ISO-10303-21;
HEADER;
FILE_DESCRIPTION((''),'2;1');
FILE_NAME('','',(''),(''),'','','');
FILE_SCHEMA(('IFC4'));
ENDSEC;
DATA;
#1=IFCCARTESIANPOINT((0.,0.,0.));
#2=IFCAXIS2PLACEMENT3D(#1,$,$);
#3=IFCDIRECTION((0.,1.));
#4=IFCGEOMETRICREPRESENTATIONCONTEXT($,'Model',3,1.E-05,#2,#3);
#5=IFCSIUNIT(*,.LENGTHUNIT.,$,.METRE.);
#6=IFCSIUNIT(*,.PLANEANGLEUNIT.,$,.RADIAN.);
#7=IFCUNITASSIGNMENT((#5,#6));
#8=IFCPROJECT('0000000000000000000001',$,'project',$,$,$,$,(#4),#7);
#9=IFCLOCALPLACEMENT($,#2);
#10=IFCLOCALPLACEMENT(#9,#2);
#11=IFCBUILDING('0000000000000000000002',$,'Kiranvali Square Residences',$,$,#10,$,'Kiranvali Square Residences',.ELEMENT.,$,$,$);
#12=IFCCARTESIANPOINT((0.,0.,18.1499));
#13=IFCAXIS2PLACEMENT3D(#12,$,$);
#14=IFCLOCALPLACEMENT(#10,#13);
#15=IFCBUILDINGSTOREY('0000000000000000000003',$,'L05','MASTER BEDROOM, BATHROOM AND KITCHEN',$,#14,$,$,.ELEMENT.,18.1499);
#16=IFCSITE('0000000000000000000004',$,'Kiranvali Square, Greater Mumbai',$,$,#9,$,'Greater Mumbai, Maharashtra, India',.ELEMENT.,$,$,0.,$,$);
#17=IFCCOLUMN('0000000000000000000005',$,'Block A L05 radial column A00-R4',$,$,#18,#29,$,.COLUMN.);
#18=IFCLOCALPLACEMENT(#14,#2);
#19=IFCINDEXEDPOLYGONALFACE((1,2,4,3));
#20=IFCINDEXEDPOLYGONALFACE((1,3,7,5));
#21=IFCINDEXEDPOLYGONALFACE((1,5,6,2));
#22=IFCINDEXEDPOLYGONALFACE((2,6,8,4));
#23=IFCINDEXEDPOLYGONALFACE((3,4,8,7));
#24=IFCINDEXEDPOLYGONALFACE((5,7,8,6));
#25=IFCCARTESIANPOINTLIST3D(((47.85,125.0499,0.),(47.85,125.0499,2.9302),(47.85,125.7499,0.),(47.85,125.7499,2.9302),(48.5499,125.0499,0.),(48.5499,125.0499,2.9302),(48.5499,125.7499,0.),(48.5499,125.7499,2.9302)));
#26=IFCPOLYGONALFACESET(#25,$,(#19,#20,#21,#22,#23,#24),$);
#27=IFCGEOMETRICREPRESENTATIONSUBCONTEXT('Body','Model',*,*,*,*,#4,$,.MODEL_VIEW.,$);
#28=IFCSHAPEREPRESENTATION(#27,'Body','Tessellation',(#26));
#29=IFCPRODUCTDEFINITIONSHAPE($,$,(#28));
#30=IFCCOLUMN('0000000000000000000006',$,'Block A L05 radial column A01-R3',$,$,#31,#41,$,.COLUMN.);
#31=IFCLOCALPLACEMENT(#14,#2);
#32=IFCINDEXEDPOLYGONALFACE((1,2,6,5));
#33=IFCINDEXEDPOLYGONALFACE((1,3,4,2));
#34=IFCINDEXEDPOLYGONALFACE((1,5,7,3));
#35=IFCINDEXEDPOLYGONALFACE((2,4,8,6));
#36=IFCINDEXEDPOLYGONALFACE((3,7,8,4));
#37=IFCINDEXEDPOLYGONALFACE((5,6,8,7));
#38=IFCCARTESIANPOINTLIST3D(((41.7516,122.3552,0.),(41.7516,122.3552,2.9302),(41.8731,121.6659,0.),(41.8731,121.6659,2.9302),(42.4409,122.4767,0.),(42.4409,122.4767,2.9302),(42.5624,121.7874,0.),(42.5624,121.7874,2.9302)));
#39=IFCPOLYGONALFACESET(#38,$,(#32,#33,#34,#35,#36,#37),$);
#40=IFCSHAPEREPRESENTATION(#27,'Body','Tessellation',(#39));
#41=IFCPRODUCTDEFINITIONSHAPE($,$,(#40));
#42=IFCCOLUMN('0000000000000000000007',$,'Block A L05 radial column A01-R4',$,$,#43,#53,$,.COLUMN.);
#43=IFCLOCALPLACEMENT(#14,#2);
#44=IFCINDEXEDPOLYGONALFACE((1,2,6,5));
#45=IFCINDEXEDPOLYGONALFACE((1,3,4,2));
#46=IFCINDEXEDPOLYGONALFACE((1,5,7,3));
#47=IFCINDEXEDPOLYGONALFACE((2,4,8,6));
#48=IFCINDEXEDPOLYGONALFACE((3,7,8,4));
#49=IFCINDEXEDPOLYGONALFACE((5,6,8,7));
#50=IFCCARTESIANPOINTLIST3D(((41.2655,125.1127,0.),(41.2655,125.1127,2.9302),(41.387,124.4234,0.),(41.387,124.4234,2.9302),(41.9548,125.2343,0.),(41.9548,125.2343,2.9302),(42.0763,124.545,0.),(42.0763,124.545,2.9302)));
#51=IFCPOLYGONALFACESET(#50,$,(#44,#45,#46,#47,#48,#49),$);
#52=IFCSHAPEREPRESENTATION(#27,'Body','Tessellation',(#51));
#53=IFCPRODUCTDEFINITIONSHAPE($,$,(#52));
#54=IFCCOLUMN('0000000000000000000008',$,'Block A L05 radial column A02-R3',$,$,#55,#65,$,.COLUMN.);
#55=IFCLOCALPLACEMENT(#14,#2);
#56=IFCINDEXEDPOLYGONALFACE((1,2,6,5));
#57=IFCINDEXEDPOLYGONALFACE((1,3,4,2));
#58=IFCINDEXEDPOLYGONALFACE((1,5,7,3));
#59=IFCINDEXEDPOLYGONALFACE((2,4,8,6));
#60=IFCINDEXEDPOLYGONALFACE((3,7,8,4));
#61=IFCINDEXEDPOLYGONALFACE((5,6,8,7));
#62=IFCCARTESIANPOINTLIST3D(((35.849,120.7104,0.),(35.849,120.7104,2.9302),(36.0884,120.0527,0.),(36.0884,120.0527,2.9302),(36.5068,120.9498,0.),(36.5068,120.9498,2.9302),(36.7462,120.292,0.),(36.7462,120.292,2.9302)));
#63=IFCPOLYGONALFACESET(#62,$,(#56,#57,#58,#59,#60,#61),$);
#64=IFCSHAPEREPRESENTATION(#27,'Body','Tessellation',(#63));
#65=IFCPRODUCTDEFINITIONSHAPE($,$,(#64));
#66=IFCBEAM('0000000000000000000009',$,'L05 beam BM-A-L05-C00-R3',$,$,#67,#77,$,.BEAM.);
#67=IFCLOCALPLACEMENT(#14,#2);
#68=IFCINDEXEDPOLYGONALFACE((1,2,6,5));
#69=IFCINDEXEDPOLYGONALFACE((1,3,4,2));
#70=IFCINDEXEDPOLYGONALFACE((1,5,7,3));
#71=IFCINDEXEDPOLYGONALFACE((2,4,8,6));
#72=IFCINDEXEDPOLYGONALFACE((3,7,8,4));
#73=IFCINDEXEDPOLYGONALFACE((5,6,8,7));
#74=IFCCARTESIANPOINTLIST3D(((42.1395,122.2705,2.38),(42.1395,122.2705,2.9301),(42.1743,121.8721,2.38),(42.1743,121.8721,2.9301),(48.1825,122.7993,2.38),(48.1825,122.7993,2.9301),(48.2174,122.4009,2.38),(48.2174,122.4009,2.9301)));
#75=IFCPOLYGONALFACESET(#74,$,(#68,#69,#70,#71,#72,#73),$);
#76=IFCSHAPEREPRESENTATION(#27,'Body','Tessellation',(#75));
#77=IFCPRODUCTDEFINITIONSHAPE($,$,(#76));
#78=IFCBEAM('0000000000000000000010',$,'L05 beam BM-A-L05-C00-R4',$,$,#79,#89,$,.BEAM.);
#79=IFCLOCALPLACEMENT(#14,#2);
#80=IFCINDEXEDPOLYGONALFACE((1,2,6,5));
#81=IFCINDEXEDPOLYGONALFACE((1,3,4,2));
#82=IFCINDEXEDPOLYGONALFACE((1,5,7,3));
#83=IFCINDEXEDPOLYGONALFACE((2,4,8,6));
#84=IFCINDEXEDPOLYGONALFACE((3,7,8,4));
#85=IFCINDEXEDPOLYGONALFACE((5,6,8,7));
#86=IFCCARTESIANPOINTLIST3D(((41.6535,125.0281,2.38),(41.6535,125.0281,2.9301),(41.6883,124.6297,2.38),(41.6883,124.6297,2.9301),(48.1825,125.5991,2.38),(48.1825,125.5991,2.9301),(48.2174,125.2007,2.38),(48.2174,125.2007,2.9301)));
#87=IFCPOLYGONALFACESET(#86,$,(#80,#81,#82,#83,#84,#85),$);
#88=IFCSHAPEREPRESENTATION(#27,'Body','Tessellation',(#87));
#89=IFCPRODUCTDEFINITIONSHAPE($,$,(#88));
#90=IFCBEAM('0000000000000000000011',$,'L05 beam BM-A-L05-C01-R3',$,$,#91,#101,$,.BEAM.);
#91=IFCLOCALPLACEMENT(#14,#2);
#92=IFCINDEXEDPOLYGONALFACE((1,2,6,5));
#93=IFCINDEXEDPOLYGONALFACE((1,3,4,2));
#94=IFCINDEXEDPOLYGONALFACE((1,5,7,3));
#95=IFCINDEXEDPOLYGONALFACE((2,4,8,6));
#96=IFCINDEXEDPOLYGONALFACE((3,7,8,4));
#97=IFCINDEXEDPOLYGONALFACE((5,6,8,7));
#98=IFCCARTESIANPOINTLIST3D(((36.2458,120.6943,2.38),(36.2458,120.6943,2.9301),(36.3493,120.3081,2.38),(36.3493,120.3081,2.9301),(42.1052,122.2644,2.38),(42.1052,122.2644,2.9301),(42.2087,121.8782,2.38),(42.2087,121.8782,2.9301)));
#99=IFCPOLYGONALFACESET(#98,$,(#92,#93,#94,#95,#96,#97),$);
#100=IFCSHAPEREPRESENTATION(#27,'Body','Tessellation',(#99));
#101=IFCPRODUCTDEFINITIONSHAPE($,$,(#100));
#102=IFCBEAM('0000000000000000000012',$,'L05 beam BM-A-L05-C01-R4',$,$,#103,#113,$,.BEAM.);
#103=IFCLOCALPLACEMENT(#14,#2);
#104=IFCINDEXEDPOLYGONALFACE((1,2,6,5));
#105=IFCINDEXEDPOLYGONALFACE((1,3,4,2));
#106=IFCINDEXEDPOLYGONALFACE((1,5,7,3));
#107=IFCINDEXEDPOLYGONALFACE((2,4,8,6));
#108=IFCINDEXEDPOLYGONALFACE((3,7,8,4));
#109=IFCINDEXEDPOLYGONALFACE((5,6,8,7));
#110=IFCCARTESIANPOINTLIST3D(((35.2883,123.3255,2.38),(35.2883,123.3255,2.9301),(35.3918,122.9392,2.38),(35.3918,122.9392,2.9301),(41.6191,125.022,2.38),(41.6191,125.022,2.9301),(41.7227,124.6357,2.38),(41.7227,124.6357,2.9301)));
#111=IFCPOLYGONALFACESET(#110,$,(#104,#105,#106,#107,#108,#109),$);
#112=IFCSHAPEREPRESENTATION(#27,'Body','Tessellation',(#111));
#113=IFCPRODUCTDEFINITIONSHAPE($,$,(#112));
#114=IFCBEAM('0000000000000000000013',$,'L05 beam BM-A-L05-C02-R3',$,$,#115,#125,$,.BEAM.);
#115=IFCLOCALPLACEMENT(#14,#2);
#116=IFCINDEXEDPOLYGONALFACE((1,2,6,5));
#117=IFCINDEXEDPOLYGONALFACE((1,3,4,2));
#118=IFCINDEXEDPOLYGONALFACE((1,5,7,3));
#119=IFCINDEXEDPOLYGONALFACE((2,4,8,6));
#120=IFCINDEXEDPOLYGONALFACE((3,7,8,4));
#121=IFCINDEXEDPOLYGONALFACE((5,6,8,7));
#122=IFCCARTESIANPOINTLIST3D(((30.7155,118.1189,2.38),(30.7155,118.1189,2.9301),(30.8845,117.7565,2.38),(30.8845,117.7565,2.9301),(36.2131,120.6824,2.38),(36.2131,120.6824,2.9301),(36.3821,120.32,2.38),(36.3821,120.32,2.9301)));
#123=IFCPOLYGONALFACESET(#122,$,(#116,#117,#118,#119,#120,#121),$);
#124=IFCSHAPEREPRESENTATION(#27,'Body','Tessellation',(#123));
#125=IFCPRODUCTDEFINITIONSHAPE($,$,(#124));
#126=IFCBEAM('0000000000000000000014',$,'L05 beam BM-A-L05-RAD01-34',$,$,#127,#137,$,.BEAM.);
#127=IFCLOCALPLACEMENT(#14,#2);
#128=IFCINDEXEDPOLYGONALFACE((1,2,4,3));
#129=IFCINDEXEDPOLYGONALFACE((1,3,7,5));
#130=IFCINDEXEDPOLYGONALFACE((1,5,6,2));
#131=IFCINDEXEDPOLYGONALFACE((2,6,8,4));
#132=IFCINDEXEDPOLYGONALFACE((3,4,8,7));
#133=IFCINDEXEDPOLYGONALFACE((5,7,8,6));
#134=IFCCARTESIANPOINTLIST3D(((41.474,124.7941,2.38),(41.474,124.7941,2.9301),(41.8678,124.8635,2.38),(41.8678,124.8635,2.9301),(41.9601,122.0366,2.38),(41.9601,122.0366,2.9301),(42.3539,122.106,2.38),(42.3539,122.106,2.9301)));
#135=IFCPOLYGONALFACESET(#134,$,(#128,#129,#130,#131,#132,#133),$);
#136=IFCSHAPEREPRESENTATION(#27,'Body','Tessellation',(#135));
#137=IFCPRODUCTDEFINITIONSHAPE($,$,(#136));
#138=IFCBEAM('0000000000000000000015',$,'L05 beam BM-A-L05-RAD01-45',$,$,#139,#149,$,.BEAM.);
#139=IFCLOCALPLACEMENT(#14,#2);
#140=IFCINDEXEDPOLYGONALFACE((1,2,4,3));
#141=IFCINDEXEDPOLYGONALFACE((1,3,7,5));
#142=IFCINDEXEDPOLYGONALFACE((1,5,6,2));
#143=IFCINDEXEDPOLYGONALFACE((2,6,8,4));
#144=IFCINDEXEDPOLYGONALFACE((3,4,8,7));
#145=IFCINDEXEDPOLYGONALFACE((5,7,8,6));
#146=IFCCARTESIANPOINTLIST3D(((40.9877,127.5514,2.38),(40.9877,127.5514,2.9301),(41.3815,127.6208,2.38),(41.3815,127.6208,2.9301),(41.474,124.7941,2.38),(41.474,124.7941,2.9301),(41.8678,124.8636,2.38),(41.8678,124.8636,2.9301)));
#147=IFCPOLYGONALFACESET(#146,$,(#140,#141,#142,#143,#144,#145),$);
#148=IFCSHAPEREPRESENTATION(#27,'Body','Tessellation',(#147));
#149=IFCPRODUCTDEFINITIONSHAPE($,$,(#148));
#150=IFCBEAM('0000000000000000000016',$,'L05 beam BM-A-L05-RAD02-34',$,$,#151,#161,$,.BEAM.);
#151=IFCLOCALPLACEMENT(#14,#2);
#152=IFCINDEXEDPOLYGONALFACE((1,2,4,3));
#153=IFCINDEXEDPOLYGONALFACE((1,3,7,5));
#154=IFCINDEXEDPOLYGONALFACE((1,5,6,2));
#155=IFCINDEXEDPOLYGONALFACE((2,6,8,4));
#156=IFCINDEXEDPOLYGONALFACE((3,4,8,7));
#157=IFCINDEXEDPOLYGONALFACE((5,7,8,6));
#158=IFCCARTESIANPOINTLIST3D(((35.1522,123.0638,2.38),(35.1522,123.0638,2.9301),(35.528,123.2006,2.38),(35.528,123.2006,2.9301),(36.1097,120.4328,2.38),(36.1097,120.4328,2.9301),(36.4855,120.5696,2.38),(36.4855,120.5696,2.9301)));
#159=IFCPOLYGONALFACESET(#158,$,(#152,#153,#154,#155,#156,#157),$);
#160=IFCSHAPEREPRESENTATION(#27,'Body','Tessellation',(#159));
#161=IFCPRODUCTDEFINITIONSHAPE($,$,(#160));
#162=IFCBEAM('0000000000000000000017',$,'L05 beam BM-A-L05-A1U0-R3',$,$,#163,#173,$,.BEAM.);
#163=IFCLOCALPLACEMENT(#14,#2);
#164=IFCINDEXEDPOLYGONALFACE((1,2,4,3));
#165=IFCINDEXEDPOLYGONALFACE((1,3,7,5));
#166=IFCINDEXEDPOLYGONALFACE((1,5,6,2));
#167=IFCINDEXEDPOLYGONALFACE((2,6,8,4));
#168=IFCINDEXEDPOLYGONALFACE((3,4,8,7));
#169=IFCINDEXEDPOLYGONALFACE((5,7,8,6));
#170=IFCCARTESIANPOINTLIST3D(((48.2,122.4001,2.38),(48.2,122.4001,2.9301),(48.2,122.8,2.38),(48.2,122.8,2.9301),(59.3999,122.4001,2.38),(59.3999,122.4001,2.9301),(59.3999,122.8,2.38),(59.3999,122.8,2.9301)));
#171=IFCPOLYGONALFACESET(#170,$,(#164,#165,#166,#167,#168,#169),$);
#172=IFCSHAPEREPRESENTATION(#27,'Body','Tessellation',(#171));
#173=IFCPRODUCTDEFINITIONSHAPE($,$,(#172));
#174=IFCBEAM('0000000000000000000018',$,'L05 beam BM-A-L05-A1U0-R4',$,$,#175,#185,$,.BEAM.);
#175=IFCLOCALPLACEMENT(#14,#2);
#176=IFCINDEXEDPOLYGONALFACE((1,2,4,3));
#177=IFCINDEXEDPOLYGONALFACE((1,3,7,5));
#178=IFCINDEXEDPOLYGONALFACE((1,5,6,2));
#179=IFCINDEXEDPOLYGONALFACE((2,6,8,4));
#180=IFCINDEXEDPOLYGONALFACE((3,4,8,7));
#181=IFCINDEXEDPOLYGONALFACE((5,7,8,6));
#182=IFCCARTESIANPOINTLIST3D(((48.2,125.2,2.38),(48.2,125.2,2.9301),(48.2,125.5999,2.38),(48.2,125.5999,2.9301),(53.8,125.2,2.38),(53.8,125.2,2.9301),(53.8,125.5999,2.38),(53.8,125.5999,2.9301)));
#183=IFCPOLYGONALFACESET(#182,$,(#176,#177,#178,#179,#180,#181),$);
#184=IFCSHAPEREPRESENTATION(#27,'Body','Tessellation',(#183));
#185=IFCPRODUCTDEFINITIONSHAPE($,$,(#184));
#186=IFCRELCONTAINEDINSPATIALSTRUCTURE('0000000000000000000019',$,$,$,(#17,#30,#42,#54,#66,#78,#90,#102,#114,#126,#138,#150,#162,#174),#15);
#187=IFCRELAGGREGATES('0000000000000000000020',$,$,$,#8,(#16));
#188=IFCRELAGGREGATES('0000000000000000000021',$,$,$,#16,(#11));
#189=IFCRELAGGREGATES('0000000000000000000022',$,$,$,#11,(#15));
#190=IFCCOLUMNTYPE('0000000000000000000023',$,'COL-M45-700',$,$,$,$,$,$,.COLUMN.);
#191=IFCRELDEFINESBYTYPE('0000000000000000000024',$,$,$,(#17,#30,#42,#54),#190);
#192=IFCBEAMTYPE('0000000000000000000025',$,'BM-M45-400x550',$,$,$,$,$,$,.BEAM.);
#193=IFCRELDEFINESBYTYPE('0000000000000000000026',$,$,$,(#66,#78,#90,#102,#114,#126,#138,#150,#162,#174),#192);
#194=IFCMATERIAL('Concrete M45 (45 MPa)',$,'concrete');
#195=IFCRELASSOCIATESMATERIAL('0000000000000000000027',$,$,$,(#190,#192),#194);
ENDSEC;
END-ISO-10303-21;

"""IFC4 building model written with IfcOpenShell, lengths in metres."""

from ifc_helpers import new_model, si_unit, direction, frame, origin, origin_2d, place, context, subcontext, project, spatial, rectangle, extrude, material, material_profile, profile_set, type_object, element, save


model = new_model("IFC4")

# Units and contexts
model_context = context("Model", 3, precision=1e-05, world=origin(), true_north=direction((0.0, 1.0)))
body_context = subcontext(model_context, "Body", "Model", "MODEL_VIEW")
ifc_project = project(units=[si_unit("LENGTHUNIT", "METRE"), si_unit("PLANEANGLEUNIT", "RADIAN")], contexts=[model_context])

# Site, building, storey
site_placement = place(None, origin())
site = spatial("IfcSite", under=ifc_project, at=site_placement, Name="Kiranvali Square, Greater Mumbai", LongName="Greater Mumbai, Maharashtra, India", CompositionType="ELEMENT", RefElevation=0.0)
building_placement = place(site_placement, origin())
building = spatial("IfcBuilding", under=site, at=building_placement, Name="Kiranvali Square Residences", LongName="Kiranvali Square Residences", CompositionType="ELEMENT")
storey_placement = place(building_placement, frame((0.0, 0.0, 18.1499)))
storey = spatial("IfcBuildingStorey", under=building, at=storey_placement, Name="L05", Description="MASTER BEDROOM, BATHROOM AND KITCHEN", CompositionType="ELEMENT", Elevation=18.1499)

# Columns
ifc_material_1 = material(Name="Concrete M45 (45 MPa)", Category="concrete")
ifc_material_profile_1 = material_profile(ifc_material_1, rectangle(XDim=0.7, YDim=0.7, at=origin_2d()), Name="RC 700x700")
ifc_profile_set_1 = profile_set([ifc_material_profile_1], Name="Concrete M45 (45 MPa)")
column_type = type_object("IfcColumnType", Name="COL-M45-700", PredefinedType="COLUMN", material=ifc_profile_set_1)
for number, where, z_axis, x_axis, name in (
    (1, (48.2, 125.3999, 0.0), (0.0, 0.0, 1.0), (1.0, 0.0, 0.0), "Block A L05 radial column A00-R4"),
    (2, (42.157, 122.0713, 0.0), (0.0, 0.0, 1.0), (0.984808, 0.173648, 0.0), "Block A L05 radial column A01-R3"),
    (3, (41.6709, 124.8289, 0.0), (0.0, 0.0, 1.0), (0.984808, 0.173648, 0.0), "Block A L05 radial column A01-R4"),
    (4, (36.2976, 120.5012, 0.0), (0.0, 0.0, 1.0), (0.939693, 0.34202, 0.0), "Block A L05 radial column A02-R3"),
):
    element("IfcColumn", number, at=place(storey_placement, frame(where, z_axis=z_axis, x_axis=x_axis)), inside=storey, type_object=column_type, Name=name, PredefinedType="COLUMN", context=body_context, shape_type="SweptSolid", body=[
        extrude(rectangle(XDim=0.7, YDim=0.7, at=origin_2d()), origin(), (0.0, 0.0, 1.0), 2.9302),
    ])

# Beams
ifc_material_profile_2 = material_profile(ifc_material_1, rectangle(XDim=0.3999, YDim=0.55, at=origin_2d()), Name="RC 400x550")
ifc_profile_set_2 = profile_set([ifc_material_profile_2], Name="Concrete M45 (45 MPa)")
beam_type = type_object("IfcBeamType", Name="BM-M45-400x550", PredefinedType="BEAM", material=ifc_profile_set_2)
beam_1_placement = place(storey_placement, frame((48.2, 122.6001, 2.655), z_axis=(-0.996193, -0.087175, 0.0), x_axis=(0.087175, -0.996193, 0.0)))
element("IfcBeam", 5, at=beam_1_placement, inside=storey, type_object=beam_type, Name="L05 beam BM-A-L05-C00-R3", PredefinedType="BEAM", context=body_context, shape_type="SweptSolid", body=[
    extrude(rectangle(XDim=0.3999, YDim=0.55, at=origin_2d()), origin(), (0.0, 0.0, 1.0), 6.0662),
])
beam_2_placement = place(storey_placement, frame((48.2, 125.3999, 2.655), z_axis=(-0.996197, -0.08713, 0.0), x_axis=(0.08713, -0.996197, 0.0)))
element("IfcBeam", 6, at=beam_2_placement, inside=storey, type_object=beam_type, Name="L05 beam BM-A-L05-C00-R4", PredefinedType="BEAM", context=body_context, shape_type="SweptSolid", body=[
    extrude(rectangle(XDim=0.3999, YDim=0.55, at=origin_2d()), origin(), (0.0, 0.0, 1.0), 6.554),
])
beam_3_placement = place(storey_placement, frame((42.157, 122.0713, 2.655), z_axis=(-0.965924, -0.258827, 0.0), x_axis=(0.258827, -0.965924, 0.0)))
element("IfcBeam", 7, at=beam_3_placement, inside=storey, type_object=beam_type, Name="L05 beam BM-A-L05-C01-R3", PredefinedType="BEAM", context=body_context, shape_type="SweptSolid", body=[
    extrude(rectangle(XDim=0.3999, YDim=0.55, at=origin_2d()), origin(), (0.0, 0.0, 1.0), 6.0662),
])
beam_4_placement = place(storey_placement, frame((41.6709, 124.8289, 2.655), z_axis=(-0.965918, -0.258847, 0.0), x_axis=(0.258847, -0.965918, 0.0)))
element("IfcBeam", 8, at=beam_4_placement, inside=storey, type_object=beam_type, Name="L05 beam BM-A-L05-C01-R4", PredefinedType="BEAM", context=body_context, shape_type="SweptSolid", body=[
    extrude(rectangle(XDim=0.3999, YDim=0.55, at=origin_2d()), origin(), (0.0, 0.0, 1.0), 6.5542),
])
beam_5_placement = place(storey_placement, frame((36.2976, 120.5012, 2.655), z_axis=(-0.906313, -0.422608, 0.0), x_axis=(0.422608, -0.906313, 0.0)))
element("IfcBeam", 9, at=beam_5_placement, inside=storey, type_object=beam_type, Name="L05 beam BM-A-L05-C02-R3", PredefinedType="BEAM", context=body_context, shape_type="SweptSolid", body=[
    extrude(rectangle(XDim=0.3999, YDim=0.55, at=origin_2d()), origin(), (0.0, 0.0, 1.0), 6.0659),
])
beam_6_placement = place(storey_placement, frame((42.157, 122.0713, 2.655), z_axis=(-0.173596, 0.984817, 0.0), x_axis=(-0.984817, -0.173596, 0.0)))
element("IfcBeam", 10, at=beam_6_placement, inside=storey, type_object=beam_type, Name="L05 beam BM-A-L05-RAD01-34", PredefinedType="BEAM", context=body_context, shape_type="SweptSolid", body=[
    extrude(rectangle(XDim=0.3999, YDim=0.55, at=origin_2d()), origin(), (0.0, 0.0, 1.0), 2.8),
])
for number, where, z_axis, x_axis, name in (
    (11, (41.6709, 124.8289, 2.655), (-0.173696, 0.984799, 0.0), (-0.984799, -0.173696, 0.0), "L05 beam BM-A-L05-RAD01-45"),
    (12, (36.2976, 120.5012, 2.655), (-0.341981, 0.939707, 0.0), (-0.939707, -0.341981, 0.0), "L05 beam BM-A-L05-RAD02-34"),
):
    element("IfcBeam", number, at=place(storey_placement, frame(where, z_axis=z_axis, x_axis=x_axis)), inside=storey, type_object=beam_type, Name=name, PredefinedType="BEAM", context=body_context, shape_type="SweptSolid", body=[
        extrude(rectangle(XDim=0.3999, YDim=0.55, at=origin_2d()), origin(), (0.0, 0.0, 1.0), 2.7998),
    ])
beam_7_placement = place(storey_placement, frame((48.2, 122.6001, 2.655), z_axis=(1.0, 0.0, 0.0), x_axis=(0.0, 1.0, 0.0)))
element("IfcBeam", 13, at=beam_7_placement, inside=storey, type_object=beam_type, Name="L05 beam BM-A-L05-A1U0-R3", PredefinedType="BEAM", context=body_context, shape_type="SweptSolid", body=[
    extrude(rectangle(XDim=0.3999, YDim=0.55, at=origin_2d()), origin(), (0.0, 0.0, 1.0), 11.2),
])
beam_8_placement = place(storey_placement, frame((48.2, 125.3999, 2.655), z_axis=(1.0, 0.0, 0.0), x_axis=(0.0, 1.0, 0.0)))
element("IfcBeam", 14, at=beam_8_placement, inside=storey, type_object=beam_type, Name="L05 beam BM-A-L05-A1U0-R4", PredefinedType="BEAM", context=body_context, shape_type="SweptSolid", body=[
    extrude(rectangle(XDim=0.3999, YDim=0.55, at=origin_2d()), origin(), (0.0, 0.0, 1.0), 5.6001),
])

save(model, "model.ifc")
